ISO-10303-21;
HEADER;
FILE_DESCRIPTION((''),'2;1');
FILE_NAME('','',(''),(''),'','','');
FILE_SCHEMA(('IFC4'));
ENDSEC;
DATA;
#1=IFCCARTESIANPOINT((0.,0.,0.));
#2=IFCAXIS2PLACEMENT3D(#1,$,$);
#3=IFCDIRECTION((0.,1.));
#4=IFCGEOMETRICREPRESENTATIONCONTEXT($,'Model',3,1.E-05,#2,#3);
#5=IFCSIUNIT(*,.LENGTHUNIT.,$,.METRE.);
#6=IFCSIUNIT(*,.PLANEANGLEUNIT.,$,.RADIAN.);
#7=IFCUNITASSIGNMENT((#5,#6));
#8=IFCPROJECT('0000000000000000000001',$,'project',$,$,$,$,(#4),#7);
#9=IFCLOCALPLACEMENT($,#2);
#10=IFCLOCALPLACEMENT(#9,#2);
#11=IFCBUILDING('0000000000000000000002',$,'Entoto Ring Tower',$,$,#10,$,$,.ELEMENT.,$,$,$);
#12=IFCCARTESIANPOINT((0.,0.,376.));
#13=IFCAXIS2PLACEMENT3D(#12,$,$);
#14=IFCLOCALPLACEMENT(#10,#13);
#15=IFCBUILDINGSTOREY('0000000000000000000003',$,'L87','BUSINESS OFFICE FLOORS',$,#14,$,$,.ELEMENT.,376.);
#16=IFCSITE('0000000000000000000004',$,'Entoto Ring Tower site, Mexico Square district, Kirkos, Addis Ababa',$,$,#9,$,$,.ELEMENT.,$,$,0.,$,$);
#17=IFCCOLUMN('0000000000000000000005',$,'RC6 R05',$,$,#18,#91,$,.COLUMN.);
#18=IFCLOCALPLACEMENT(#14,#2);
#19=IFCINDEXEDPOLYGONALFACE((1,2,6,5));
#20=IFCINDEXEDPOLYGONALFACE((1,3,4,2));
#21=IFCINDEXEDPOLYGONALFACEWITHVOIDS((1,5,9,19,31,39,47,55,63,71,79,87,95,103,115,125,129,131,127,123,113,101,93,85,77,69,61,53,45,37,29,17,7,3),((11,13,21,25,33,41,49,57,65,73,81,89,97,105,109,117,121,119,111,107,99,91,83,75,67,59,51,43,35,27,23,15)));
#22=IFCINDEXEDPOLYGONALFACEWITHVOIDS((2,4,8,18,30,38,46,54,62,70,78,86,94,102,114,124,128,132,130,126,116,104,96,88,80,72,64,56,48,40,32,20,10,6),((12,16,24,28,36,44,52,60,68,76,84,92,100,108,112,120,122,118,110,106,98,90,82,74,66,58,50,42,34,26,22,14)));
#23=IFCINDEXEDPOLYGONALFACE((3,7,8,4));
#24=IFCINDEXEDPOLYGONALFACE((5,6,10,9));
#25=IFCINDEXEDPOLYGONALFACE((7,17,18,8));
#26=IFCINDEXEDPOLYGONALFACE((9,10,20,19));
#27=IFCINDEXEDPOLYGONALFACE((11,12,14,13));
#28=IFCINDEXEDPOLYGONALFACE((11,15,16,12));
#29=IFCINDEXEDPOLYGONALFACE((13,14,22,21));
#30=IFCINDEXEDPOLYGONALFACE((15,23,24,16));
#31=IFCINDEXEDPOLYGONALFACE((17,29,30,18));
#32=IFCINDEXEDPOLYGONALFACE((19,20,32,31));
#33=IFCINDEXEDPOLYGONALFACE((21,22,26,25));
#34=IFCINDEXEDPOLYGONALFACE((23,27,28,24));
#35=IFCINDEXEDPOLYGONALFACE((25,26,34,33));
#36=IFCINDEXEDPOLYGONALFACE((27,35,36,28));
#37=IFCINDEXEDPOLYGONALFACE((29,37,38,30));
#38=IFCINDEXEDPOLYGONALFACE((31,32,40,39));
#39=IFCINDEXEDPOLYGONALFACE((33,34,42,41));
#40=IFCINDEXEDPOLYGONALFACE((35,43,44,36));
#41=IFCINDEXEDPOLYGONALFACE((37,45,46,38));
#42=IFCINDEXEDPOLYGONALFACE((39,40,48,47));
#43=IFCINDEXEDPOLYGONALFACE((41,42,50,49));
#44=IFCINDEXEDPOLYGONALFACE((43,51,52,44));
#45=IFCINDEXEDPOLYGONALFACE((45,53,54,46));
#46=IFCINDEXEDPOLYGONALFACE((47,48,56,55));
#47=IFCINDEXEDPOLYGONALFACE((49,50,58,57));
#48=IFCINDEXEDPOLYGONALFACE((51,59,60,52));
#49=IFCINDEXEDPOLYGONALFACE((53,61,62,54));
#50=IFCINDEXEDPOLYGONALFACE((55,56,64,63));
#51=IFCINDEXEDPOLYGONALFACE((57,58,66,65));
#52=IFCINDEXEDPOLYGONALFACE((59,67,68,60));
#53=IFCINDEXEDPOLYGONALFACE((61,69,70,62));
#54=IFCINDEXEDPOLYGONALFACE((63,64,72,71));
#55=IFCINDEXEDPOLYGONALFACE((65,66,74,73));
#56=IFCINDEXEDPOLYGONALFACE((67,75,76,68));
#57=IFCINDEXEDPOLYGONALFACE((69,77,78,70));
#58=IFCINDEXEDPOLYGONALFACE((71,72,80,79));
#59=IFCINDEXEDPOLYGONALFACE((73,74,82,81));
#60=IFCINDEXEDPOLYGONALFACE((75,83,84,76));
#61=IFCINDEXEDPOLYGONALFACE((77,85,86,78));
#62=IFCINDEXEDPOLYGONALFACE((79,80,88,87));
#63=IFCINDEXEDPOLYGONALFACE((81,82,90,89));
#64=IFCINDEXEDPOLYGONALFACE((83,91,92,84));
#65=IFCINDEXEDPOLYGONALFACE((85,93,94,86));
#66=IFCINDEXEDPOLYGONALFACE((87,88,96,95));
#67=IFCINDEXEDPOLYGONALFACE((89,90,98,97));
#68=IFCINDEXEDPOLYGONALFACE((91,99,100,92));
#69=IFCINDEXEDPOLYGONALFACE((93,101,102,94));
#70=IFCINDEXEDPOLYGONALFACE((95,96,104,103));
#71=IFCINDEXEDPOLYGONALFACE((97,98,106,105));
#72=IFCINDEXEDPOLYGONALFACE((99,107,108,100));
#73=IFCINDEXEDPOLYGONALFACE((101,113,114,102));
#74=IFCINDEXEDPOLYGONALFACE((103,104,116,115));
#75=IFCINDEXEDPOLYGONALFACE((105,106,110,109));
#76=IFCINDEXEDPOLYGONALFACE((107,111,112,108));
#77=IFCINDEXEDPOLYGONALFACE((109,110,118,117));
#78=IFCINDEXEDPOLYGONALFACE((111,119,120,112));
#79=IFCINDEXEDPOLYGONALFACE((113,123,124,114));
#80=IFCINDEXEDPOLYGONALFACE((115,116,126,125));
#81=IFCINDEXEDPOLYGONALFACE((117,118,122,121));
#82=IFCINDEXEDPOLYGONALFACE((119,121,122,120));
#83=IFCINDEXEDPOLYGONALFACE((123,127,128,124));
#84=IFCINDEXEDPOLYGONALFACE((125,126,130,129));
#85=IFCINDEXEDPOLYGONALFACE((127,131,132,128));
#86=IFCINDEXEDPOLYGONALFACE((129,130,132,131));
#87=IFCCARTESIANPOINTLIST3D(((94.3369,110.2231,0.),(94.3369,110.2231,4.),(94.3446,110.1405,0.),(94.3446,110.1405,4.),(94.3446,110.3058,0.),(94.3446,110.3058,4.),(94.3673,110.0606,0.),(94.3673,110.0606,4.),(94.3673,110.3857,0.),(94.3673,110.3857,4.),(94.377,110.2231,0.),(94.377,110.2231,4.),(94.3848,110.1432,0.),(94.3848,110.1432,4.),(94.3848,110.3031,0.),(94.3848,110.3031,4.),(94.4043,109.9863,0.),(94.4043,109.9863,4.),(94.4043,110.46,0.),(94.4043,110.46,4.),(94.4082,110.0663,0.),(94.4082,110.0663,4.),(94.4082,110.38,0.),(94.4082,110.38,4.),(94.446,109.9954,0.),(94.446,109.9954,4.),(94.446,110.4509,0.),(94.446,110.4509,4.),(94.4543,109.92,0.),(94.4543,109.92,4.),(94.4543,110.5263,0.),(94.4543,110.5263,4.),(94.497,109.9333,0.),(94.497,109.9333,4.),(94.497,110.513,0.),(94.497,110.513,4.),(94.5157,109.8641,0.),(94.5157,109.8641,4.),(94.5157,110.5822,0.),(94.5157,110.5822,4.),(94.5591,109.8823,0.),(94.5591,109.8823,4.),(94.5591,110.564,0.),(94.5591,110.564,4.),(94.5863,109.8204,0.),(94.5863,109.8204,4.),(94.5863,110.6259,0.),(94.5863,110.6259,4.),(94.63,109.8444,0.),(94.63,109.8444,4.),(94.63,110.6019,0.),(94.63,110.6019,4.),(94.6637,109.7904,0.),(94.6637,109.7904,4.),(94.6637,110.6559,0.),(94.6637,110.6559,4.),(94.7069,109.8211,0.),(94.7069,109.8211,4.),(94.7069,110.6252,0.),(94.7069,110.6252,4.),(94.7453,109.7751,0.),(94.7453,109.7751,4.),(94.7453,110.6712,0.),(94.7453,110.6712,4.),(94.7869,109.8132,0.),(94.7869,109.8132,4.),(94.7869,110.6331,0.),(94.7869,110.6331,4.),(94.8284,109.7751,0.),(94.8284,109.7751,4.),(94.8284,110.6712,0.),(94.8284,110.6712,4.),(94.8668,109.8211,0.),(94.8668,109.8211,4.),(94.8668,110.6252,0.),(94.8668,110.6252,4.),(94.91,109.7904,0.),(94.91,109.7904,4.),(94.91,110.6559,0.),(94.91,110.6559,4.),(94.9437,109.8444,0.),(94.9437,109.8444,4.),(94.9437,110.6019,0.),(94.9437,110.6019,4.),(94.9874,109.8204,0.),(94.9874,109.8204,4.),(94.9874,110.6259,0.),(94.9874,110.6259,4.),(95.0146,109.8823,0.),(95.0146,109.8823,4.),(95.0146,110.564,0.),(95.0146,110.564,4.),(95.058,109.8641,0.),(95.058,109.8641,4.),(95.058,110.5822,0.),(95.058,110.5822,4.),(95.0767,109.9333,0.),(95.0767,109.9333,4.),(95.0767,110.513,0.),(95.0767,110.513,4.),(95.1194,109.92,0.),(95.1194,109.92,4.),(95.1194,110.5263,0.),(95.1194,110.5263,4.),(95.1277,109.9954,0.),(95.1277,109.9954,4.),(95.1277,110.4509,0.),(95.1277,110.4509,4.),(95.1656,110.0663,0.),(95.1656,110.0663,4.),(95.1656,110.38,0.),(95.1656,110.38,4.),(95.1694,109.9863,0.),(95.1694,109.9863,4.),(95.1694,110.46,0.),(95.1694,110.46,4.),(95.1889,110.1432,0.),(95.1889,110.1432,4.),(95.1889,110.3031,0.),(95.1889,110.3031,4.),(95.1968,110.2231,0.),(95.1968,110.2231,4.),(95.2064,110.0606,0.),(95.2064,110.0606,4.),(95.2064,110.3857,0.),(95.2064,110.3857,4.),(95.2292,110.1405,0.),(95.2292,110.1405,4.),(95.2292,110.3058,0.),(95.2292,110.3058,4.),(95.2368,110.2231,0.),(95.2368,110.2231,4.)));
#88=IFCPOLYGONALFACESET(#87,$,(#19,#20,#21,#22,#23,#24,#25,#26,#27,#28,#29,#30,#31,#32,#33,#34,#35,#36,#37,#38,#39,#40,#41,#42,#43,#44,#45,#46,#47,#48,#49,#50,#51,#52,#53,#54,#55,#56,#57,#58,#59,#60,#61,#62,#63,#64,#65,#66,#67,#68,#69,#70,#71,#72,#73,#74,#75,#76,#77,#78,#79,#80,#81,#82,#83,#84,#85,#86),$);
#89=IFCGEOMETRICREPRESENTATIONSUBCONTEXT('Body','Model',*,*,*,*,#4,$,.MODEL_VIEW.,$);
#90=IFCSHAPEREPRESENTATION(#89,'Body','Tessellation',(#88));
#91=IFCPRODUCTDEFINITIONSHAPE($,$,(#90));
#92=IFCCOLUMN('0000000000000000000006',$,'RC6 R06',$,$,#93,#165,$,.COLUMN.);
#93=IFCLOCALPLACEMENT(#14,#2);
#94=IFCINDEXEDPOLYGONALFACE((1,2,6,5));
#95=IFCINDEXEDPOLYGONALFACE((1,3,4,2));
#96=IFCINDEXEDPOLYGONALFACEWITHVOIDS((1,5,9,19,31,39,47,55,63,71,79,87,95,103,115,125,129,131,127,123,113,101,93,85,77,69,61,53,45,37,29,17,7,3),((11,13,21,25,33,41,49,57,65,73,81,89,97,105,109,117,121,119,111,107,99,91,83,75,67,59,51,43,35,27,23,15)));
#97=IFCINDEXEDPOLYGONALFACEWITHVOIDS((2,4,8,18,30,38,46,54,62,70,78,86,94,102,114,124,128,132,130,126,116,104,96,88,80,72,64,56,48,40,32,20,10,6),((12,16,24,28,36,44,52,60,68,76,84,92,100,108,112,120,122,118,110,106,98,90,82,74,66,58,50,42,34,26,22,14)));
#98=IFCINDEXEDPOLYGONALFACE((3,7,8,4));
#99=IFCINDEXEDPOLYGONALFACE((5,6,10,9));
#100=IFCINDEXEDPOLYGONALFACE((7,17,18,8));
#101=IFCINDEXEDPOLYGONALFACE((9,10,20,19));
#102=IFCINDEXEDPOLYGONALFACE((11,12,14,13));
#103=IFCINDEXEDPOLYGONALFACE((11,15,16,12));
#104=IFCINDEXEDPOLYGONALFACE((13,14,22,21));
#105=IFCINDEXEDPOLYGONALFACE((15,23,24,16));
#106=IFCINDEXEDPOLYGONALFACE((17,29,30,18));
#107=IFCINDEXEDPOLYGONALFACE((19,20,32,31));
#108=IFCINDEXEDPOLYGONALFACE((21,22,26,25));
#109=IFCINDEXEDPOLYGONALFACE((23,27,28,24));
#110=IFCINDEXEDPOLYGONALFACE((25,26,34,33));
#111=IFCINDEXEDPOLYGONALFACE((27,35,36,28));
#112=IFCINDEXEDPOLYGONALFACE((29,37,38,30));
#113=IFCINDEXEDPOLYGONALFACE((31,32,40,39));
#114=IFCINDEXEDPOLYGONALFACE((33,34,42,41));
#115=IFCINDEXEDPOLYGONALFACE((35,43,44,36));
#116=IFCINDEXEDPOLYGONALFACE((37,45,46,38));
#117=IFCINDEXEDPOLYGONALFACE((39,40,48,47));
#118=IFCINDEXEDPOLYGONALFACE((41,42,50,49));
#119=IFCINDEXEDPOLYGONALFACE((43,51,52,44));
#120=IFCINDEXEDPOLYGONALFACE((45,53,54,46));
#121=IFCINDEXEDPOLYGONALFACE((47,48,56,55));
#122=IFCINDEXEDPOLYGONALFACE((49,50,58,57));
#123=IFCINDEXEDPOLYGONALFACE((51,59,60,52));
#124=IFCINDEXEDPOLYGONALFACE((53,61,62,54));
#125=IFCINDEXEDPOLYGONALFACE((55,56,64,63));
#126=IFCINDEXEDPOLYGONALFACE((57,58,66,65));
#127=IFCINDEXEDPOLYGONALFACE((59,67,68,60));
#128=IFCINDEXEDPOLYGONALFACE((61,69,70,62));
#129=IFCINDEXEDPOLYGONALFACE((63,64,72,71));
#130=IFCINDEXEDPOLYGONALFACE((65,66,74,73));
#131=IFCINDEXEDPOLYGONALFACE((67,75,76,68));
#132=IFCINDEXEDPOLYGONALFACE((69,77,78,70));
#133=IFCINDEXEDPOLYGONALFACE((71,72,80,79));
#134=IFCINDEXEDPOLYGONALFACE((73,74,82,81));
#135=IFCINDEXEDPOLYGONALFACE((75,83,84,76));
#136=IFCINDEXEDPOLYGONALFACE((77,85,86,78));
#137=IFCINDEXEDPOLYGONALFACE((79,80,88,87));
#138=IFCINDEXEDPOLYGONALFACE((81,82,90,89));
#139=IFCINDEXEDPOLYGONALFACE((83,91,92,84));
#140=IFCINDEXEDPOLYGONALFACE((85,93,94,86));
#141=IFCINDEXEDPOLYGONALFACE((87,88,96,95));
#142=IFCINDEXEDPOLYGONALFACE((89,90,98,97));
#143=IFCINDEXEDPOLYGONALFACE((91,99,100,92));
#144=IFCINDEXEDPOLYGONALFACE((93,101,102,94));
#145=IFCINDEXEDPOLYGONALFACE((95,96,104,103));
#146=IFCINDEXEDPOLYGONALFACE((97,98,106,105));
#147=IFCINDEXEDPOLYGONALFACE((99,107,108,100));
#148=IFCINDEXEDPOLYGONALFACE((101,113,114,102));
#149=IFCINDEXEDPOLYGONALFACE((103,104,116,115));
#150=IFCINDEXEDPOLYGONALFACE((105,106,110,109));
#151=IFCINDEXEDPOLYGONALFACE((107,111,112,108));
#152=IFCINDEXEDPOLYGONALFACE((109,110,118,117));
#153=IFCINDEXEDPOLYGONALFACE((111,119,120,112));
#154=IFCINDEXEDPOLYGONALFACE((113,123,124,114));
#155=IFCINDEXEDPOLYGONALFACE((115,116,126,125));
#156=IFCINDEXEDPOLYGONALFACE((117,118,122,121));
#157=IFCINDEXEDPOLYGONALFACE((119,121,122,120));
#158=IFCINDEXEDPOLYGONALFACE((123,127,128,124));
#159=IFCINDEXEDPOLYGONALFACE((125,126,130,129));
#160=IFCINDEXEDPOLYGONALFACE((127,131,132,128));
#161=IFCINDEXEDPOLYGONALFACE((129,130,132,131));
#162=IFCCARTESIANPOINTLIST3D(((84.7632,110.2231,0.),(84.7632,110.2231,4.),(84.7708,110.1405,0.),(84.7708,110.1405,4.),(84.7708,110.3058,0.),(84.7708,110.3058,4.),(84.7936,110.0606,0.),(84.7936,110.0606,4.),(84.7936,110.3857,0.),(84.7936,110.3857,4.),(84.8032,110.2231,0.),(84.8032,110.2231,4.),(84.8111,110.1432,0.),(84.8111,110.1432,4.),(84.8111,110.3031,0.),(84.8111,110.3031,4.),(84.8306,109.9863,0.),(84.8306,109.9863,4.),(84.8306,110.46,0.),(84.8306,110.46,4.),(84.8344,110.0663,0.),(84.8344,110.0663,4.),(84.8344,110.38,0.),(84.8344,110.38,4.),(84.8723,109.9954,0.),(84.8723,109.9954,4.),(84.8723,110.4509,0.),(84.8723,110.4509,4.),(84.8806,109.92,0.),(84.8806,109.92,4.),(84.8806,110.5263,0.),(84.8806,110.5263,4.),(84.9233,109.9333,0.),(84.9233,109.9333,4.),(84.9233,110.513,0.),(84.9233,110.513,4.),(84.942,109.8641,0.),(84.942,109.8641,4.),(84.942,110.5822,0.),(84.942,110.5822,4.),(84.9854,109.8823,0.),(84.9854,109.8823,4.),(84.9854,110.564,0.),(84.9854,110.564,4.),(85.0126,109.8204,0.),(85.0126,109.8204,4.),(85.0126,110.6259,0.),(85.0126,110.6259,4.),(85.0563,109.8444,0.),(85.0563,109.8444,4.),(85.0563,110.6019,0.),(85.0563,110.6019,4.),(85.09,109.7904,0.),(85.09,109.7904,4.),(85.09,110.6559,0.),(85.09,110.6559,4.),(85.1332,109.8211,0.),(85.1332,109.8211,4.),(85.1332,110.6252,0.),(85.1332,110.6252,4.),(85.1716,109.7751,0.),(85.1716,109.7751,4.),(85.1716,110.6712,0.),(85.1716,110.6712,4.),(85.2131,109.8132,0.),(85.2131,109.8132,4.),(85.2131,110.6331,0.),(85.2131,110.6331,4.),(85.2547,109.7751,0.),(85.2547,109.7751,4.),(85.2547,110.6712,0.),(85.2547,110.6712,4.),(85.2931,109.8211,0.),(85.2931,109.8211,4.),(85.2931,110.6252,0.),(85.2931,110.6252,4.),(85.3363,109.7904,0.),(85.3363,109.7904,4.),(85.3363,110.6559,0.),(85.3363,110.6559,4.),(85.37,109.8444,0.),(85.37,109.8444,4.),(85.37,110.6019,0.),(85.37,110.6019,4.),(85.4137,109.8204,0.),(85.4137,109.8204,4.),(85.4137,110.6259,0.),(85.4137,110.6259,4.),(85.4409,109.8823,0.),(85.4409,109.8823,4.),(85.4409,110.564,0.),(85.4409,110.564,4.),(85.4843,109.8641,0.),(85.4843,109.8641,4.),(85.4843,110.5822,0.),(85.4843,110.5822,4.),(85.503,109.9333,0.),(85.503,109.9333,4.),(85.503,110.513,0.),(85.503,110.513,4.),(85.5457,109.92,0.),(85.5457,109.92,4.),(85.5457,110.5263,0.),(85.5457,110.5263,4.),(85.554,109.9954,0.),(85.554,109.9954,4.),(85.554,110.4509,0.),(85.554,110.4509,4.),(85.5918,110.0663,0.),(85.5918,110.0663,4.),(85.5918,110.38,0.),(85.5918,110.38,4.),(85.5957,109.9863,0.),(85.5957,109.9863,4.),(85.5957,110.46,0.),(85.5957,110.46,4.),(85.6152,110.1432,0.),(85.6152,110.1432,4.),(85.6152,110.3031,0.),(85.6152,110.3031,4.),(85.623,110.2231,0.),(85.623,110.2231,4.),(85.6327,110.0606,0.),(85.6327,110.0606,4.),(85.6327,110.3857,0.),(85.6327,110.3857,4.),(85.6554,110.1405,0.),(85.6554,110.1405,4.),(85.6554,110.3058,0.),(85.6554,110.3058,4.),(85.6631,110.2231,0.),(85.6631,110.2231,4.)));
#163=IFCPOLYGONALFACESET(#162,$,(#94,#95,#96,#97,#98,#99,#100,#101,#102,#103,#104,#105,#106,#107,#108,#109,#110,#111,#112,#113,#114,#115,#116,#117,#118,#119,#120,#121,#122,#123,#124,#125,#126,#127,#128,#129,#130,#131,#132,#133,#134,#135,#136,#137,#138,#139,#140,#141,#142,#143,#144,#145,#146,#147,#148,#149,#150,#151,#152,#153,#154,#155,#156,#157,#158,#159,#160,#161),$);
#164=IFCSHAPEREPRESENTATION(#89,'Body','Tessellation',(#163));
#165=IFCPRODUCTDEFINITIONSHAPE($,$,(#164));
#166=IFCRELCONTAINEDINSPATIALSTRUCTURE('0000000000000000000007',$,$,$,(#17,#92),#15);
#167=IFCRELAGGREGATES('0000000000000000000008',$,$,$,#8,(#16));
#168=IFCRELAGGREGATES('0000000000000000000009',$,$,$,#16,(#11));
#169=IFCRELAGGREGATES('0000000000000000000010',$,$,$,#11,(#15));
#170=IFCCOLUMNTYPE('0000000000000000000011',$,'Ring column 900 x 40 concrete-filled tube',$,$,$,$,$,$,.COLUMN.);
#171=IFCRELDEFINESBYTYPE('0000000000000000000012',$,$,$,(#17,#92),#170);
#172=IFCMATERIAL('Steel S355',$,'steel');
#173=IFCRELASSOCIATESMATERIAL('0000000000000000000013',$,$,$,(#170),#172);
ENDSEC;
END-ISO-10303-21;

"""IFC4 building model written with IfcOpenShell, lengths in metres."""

from ifc_helpers import new_model, si_unit, direction, frame, origin, origin_2d, place, context, subcontext, project, spatial, circle, hollow_circle, extrude, material, material_profile, profile_set, type_object, element, save


model = new_model("IFC4")

# Units and contexts
model_context = context("Model", 3, precision=1e-05, world=origin(), true_north=direction((0.0, 1.0)))
body_context = subcontext(model_context, "Body", "Model", "MODEL_VIEW")
ifc_project = project(units=[si_unit("LENGTHUNIT", "METRE"), si_unit("PLANEANGLEUNIT", "RADIAN")], contexts=[model_context])

# Site, building, storey
site_placement = place(None, origin())
site = spatial("IfcSite", under=ifc_project, at=site_placement, Name="Entoto Ring Tower site, Mexico Square district, Kirkos, Addis Ababa", CompositionType="ELEMENT", RefElevation=0.0)
building_placement = place(site_placement, origin())
building = spatial("IfcBuilding", under=site, at=building_placement, Name="Entoto Ring Tower", CompositionType="ELEMENT")
storey_placement = place(building_placement, frame((0.0, 0.0, 376.0)))
storey = spatial("IfcBuildingStorey", under=building, at=storey_placement, Name="L87", Description="BUSINESS OFFICE FLOORS", CompositionType="ELEMENT", Elevation=376.0)

# Columns
ifc_material_1 = material(Name="Steel S355", Category="steel")
ifc_material_profile_1 = material_profile(ifc_material_1, hollow_circle(Radius=0.45, WallThickness=0.04, at=origin_2d()), Name="CHS 900 x 40")
ifc_material_2 = material(Name="Concrete C60/75", Category="concrete")
ifc_material_profile_2 = material_profile(ifc_material_2, circle(Radius=0.4099, at=origin_2d()), Name="Concrete C60/75 infill")
ifc_profile_set_1 = profile_set([ifc_material_profile_1, ifc_material_profile_2], Name="Steel S355")
column_type = type_object("IfcColumnType", Name="Ring column 900 x 40 concrete-filled tube", PredefinedType="COLUMN", material=ifc_profile_set_1)
for number, where, z_axis, x_axis, name in (
    (1, (94.7869, 110.2231, 0.0), (0.0, 0.0, 1.0), (1.0, 0.0, 0.0), "RC6 R05"),
    (2, (85.2131, 110.2231, 0.0), (0.0, 0.0, 1.0), (1.0, 0.0, 0.0), "RC6 R06"),
):
    element("IfcColumn", number, at=place(storey_placement, frame(where, z_axis=z_axis, x_axis=x_axis)), inside=storey, type_object=column_type, Name=name, PredefinedType="COLUMN", context=body_context, shape_type="SweptSolid", body=[
        extrude(hollow_circle(Radius=0.45, WallThickness=0.04, at=origin_2d()), origin(), (0.0, 0.0, 1.0), 4.0),
    ])

save(model, "model.ifc")
